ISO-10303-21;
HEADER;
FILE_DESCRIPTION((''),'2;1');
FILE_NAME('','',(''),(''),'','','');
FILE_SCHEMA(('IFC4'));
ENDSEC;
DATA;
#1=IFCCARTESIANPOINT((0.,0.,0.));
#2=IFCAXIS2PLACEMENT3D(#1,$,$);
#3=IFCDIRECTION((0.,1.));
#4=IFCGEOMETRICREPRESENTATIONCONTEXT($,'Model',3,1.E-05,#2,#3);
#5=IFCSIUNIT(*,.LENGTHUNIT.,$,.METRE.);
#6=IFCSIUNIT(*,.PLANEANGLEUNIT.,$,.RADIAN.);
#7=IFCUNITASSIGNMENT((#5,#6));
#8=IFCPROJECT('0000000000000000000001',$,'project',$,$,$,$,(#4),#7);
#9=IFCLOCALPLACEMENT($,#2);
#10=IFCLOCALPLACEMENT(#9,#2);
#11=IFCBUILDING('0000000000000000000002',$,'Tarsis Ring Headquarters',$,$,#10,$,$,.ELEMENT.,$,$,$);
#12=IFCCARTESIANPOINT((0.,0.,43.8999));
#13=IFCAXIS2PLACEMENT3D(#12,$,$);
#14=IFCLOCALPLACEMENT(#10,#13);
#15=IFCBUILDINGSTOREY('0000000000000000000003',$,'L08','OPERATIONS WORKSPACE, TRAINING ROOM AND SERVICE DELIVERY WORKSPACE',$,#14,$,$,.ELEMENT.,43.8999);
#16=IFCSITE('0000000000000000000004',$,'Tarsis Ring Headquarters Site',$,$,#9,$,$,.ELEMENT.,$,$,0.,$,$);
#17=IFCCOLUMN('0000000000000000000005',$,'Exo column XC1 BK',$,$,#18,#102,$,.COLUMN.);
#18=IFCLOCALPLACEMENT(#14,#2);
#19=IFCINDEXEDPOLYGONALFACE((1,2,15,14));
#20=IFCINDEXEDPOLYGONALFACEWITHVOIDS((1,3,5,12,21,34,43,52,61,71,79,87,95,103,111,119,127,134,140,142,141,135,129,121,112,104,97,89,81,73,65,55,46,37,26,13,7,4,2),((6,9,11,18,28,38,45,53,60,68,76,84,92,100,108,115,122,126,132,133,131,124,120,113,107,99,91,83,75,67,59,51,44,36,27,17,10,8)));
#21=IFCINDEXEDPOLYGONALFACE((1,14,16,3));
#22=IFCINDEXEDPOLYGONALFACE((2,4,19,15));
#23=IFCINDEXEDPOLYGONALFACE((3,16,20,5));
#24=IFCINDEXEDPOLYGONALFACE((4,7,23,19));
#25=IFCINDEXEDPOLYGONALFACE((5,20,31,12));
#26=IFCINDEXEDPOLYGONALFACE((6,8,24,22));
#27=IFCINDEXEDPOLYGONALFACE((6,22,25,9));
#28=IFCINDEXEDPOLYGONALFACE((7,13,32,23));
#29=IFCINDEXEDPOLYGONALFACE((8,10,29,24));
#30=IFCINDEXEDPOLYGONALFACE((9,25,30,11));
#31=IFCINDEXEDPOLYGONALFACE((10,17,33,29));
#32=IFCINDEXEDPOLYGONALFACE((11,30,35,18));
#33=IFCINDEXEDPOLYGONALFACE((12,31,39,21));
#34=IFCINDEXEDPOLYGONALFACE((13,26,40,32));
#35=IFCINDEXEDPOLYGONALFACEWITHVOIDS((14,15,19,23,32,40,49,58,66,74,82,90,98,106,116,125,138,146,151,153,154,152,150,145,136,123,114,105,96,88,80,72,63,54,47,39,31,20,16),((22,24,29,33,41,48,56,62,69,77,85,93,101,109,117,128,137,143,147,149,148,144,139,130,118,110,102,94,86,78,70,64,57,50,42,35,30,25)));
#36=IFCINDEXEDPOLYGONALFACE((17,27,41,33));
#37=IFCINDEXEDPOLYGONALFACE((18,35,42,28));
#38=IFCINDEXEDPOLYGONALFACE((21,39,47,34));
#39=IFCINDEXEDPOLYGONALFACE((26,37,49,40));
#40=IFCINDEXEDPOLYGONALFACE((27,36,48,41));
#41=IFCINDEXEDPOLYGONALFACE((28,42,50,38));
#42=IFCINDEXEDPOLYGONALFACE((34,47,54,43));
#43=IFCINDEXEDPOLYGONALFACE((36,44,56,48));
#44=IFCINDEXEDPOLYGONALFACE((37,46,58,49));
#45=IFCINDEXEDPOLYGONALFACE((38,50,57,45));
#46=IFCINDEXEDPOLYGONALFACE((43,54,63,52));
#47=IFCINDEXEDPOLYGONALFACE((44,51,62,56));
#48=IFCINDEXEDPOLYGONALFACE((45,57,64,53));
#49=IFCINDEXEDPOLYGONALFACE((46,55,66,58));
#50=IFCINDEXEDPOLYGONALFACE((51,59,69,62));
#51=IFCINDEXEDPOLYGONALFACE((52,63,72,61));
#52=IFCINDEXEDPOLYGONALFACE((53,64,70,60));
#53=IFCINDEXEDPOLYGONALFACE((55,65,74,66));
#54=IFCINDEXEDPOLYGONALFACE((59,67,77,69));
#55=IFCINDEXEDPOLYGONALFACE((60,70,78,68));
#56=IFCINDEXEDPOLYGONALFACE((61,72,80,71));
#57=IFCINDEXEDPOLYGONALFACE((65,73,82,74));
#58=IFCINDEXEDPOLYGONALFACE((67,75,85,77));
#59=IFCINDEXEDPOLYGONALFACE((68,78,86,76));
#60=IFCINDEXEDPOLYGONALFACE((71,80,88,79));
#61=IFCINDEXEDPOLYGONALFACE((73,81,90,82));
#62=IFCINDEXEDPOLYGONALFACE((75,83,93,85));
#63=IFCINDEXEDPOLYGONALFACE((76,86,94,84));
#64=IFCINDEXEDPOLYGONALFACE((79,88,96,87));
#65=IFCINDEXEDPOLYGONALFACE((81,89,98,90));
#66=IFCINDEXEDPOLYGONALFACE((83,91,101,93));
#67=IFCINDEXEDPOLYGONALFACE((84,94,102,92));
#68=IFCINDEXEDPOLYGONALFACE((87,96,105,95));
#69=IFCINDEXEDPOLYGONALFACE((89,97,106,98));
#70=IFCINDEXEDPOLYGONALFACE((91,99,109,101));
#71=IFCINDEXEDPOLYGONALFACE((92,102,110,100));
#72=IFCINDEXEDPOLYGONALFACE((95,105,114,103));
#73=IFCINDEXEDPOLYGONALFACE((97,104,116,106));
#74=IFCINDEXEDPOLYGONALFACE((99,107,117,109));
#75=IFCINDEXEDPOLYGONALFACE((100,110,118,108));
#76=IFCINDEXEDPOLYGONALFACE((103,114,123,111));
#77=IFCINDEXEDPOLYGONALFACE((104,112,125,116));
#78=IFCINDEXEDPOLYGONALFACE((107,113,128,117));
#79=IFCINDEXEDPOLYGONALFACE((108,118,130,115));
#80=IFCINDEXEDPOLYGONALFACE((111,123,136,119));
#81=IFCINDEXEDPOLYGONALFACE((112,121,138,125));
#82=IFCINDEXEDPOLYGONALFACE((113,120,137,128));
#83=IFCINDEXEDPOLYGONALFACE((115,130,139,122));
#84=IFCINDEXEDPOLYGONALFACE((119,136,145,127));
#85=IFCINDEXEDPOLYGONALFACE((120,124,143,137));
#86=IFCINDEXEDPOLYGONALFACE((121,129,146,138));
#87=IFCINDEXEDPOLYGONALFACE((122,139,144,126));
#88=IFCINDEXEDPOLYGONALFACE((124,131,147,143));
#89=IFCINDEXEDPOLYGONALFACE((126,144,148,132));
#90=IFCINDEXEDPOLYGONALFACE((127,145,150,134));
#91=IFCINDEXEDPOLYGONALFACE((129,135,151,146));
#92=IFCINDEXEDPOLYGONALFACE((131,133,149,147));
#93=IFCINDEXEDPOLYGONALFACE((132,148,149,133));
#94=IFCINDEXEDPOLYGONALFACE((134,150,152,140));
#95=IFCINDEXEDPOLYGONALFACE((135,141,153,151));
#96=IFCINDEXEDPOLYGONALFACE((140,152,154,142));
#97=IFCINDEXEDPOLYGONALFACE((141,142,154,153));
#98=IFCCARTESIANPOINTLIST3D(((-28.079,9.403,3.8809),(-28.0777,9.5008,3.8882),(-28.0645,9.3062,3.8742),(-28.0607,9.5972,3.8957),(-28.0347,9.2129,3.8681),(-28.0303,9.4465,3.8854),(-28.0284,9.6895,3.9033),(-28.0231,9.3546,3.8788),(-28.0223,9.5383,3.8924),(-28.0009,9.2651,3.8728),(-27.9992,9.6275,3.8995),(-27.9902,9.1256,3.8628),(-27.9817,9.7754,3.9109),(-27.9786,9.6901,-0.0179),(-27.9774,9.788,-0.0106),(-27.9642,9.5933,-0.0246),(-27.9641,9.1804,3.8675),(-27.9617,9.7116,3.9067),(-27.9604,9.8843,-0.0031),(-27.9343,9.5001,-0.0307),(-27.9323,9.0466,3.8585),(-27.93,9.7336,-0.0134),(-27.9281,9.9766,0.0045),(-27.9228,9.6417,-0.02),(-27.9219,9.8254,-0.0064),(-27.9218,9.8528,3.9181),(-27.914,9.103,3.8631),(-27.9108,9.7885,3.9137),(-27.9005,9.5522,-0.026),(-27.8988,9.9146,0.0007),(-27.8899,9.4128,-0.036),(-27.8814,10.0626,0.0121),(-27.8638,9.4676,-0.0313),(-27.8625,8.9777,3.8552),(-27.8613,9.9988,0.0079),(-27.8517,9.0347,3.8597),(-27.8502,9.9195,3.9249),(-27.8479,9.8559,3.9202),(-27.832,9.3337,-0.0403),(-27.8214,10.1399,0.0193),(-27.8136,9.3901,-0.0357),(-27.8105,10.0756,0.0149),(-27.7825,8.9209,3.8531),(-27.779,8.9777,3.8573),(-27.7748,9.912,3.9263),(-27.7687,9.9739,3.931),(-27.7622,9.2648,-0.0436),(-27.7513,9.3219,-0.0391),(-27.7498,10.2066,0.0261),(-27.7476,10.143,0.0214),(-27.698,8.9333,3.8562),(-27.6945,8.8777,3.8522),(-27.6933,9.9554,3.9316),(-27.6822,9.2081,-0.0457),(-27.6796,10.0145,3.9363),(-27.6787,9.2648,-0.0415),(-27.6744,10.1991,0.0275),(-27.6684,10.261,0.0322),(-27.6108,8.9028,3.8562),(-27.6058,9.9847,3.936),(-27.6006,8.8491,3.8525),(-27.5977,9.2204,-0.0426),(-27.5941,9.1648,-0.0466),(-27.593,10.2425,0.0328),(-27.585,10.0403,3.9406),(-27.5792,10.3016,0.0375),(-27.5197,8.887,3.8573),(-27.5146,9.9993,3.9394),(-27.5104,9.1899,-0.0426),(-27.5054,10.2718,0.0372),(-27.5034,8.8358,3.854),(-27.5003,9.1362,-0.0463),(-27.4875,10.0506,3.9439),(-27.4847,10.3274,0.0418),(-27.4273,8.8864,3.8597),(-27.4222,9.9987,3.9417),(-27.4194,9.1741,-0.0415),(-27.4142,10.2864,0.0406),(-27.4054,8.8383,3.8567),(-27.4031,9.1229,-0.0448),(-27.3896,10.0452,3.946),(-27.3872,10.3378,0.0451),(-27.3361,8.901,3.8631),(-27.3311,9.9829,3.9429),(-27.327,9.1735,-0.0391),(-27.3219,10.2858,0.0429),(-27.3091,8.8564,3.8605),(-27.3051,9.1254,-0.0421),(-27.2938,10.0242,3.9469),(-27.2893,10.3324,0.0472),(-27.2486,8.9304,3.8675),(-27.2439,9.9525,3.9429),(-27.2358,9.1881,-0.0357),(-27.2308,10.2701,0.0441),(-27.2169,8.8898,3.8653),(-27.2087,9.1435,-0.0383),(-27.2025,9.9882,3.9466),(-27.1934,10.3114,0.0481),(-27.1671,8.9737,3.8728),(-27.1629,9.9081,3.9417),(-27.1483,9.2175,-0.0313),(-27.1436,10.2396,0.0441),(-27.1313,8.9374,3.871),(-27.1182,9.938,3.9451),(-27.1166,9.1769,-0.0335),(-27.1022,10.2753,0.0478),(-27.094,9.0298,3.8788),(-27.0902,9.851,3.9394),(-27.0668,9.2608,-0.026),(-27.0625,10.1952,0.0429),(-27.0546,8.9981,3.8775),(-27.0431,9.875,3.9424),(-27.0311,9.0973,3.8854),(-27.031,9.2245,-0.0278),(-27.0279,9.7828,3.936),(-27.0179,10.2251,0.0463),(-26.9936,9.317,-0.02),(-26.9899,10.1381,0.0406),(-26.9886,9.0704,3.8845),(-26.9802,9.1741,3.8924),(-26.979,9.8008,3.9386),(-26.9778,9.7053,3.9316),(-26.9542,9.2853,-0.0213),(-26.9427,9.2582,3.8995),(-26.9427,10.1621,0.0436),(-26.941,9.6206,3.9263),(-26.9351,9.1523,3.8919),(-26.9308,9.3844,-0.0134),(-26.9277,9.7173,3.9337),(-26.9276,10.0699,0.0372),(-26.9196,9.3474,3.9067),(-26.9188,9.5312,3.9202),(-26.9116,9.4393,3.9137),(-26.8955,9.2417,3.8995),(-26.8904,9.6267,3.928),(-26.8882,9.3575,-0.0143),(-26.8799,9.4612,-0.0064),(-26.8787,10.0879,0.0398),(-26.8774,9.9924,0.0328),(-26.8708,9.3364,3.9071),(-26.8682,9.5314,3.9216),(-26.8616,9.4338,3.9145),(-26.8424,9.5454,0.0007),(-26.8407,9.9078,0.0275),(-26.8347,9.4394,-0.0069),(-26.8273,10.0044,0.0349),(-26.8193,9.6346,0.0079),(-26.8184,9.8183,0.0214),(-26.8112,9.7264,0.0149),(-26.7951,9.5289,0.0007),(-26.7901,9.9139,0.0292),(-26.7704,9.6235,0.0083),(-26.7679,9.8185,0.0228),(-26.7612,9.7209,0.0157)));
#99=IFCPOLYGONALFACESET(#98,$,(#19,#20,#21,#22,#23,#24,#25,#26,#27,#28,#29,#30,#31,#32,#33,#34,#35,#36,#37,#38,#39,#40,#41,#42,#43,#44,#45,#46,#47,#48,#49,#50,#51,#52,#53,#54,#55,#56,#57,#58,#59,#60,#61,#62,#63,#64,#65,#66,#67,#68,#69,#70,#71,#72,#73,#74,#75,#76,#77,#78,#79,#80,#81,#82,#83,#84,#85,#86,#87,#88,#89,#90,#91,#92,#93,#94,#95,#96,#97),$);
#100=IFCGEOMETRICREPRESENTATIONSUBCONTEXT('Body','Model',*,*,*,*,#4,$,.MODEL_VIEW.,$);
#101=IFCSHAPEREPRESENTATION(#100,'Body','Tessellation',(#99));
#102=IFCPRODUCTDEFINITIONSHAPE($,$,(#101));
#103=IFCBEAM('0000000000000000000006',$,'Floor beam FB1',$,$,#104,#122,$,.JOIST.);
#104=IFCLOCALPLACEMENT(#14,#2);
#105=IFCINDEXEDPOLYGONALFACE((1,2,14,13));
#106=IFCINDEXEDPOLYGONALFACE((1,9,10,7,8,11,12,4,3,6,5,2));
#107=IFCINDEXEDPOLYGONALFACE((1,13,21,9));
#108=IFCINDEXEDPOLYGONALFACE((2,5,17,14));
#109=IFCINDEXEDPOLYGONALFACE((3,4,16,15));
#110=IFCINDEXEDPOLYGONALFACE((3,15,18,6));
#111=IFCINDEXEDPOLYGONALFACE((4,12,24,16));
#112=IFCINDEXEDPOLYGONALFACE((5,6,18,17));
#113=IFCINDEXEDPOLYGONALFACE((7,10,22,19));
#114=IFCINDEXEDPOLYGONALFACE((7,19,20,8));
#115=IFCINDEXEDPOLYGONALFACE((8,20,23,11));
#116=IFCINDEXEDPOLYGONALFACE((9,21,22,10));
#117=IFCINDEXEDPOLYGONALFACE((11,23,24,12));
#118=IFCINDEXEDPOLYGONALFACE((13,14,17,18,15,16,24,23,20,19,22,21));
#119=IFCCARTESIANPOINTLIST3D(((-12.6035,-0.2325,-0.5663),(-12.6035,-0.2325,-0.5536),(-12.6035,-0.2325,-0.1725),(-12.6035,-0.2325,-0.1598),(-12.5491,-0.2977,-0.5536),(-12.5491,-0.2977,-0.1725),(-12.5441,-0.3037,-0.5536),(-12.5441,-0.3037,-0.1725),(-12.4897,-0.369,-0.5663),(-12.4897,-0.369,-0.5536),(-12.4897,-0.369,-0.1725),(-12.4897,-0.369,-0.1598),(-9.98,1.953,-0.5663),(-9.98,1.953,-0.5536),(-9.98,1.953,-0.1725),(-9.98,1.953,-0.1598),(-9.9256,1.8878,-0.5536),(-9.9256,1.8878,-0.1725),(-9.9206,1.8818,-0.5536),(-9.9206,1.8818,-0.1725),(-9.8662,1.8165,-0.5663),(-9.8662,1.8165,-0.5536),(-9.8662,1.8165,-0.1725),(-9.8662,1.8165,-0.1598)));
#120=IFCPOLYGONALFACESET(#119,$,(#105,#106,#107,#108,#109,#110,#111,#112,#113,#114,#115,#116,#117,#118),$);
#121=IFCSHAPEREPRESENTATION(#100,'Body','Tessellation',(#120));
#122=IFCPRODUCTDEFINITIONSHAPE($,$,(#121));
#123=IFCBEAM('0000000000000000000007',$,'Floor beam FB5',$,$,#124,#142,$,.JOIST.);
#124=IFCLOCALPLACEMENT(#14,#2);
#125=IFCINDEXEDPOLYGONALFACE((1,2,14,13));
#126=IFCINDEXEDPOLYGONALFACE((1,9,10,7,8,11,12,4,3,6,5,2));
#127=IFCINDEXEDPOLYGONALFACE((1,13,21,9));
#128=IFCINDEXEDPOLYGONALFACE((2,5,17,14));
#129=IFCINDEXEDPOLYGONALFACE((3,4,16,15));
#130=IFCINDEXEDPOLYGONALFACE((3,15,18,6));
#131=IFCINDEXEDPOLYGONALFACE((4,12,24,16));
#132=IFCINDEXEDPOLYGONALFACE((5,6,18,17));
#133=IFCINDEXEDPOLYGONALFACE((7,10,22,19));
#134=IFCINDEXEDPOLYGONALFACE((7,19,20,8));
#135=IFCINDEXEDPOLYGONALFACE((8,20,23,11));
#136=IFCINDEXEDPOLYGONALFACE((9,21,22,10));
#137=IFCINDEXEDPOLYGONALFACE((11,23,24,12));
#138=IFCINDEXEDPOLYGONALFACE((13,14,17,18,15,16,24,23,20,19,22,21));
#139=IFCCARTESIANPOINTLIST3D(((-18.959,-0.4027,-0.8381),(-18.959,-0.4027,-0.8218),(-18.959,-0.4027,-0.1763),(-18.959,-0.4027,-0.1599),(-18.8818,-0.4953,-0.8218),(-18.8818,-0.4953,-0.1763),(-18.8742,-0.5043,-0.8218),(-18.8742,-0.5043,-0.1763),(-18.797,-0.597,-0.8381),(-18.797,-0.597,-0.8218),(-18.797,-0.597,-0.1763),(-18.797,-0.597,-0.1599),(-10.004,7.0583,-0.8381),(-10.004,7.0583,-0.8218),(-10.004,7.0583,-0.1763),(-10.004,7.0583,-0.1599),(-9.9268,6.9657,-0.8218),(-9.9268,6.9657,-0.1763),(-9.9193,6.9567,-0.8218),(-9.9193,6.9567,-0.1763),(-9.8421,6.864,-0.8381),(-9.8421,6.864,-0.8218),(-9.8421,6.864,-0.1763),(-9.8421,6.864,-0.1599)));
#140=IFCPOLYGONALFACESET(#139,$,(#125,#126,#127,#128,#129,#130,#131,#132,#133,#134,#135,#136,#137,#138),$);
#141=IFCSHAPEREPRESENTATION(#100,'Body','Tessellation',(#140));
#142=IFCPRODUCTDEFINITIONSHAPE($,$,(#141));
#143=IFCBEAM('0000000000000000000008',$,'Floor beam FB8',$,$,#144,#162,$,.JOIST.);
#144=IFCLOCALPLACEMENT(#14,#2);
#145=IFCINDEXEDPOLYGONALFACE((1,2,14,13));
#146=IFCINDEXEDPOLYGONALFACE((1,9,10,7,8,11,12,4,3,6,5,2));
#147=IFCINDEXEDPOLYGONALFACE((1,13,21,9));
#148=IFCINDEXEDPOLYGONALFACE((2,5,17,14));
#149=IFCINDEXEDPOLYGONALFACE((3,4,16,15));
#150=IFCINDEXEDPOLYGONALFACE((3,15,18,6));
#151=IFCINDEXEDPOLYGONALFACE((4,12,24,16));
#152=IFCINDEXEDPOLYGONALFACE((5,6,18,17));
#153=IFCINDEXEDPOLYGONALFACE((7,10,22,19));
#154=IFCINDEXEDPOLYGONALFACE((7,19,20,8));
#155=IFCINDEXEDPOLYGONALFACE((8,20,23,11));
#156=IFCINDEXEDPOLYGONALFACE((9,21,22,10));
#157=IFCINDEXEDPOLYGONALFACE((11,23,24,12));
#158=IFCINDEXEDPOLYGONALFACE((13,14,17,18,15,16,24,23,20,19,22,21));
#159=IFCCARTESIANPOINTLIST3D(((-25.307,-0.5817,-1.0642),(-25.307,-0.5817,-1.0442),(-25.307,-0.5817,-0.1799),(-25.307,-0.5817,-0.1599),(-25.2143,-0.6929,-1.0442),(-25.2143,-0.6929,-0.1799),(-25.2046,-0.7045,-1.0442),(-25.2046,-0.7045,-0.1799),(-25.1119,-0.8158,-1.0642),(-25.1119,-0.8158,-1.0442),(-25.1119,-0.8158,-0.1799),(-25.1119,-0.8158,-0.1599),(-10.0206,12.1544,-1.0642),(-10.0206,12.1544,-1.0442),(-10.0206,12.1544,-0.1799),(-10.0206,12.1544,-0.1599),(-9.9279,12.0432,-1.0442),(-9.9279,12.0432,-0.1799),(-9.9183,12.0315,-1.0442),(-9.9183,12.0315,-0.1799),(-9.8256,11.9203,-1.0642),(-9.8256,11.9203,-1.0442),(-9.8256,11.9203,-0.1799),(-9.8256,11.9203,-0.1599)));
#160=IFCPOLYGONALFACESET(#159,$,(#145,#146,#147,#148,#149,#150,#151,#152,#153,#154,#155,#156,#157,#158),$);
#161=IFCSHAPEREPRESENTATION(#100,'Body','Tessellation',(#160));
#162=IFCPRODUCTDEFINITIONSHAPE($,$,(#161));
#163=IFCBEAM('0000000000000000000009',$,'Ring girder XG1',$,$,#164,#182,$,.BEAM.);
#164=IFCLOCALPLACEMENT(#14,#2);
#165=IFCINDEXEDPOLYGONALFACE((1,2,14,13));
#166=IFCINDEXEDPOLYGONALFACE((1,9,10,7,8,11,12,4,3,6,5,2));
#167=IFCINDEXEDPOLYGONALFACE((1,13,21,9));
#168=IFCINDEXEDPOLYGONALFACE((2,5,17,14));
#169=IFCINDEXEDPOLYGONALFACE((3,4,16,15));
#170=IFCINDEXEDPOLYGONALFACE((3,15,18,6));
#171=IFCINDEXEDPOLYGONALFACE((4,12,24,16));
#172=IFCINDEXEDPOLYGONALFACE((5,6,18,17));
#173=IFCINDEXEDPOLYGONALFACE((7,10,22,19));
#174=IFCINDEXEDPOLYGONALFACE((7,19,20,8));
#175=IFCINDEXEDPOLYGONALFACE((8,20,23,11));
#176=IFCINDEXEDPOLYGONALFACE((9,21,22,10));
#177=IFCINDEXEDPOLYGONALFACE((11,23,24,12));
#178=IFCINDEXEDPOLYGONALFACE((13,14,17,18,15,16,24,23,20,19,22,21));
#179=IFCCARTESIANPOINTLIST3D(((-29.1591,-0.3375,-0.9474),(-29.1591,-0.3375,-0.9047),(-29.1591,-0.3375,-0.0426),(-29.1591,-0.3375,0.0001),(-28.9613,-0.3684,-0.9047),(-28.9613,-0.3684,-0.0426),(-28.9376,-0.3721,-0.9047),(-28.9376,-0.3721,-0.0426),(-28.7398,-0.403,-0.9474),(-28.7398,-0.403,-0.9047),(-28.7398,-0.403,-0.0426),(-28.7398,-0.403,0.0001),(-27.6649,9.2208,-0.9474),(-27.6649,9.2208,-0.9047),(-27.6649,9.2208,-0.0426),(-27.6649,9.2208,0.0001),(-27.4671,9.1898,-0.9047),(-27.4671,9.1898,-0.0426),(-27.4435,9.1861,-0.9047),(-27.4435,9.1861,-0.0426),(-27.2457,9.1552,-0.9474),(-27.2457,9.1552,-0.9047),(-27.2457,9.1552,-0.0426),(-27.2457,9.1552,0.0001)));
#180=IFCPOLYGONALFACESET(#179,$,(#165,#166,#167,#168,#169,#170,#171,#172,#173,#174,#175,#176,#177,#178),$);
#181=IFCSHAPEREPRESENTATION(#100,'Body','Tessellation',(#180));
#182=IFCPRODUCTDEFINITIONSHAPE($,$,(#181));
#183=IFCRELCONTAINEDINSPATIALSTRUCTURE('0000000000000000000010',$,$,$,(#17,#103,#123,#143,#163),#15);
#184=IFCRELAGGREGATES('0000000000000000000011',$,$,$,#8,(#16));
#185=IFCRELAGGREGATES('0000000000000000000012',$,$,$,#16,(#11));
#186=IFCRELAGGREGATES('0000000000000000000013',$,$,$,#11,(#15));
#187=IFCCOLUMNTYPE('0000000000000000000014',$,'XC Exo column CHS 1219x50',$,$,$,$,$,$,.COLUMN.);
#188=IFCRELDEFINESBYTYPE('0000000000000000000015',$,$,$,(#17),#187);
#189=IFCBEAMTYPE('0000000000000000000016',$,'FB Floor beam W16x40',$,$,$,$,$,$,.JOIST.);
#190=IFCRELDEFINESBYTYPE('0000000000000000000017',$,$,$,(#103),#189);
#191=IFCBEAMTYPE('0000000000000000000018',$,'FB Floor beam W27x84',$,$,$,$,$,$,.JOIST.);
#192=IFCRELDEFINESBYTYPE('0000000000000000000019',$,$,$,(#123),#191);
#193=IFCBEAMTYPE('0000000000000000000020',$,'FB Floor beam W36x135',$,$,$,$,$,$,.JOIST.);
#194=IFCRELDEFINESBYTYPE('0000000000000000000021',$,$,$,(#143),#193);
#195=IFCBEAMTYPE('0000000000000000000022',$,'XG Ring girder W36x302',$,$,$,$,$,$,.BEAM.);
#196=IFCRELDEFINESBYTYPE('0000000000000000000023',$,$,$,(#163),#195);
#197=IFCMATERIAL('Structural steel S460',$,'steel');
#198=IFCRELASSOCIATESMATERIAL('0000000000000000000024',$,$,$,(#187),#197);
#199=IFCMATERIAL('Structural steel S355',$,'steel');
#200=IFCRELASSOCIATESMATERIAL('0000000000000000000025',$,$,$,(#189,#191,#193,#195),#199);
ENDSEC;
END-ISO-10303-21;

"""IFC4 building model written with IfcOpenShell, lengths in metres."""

from ifc_helpers import new_model, si_unit, direction, frame, origin, origin_2d, place, context, subcontext, project, spatial, hollow_circle, i_section, extrude, material, material_profile, profile_set, type_object, element, save


model = new_model("IFC4")

# Units and contexts
model_context = context("Model", 3, precision=1e-05, world=origin(), true_north=direction((0.0, 1.0)))
body_context = subcontext(model_context, "Body", "Model", "MODEL_VIEW")
ifc_project = project(units=[si_unit("LENGTHUNIT", "METRE"), si_unit("PLANEANGLEUNIT", "RADIAN")], contexts=[model_context])

# Site, building, storey
site_placement = place(None, origin())
site = spatial("IfcSite", under=ifc_project, at=site_placement, Name="Tarsis Ring Headquarters Site", CompositionType="ELEMENT", RefElevation=0.0)
building_placement = place(site_placement, origin())
building = spatial("IfcBuilding", under=site, at=building_placement, Name="Tarsis Ring Headquarters", CompositionType="ELEMENT")
storey_placement = place(building_placement, frame((0.0, 0.0, 43.8999)))
storey = spatial("IfcBuildingStorey", under=building, at=storey_placement, Name="L08", Description="OPERATIONS WORKSPACE, TRAINING ROOM AND SERVICE DELIVERY WORKSPACE", CompositionType="ELEMENT", Elevation=43.8999)

# Column
ifc_material_1 = material(Name="Structural steel S460", Category="steel")
ifc_material_profile_1 = material_profile(ifc_material_1, hollow_circle(Radius=0.6096, WallThickness=0.05, at=origin_2d()), Name="CHS 1219x50")
ifc_profile_set_1 = profile_set([ifc_material_profile_1], Name="Structural steel S460")
column_type = type_object("IfcColumnType", Name="XC Exo column CHS 1219x50", PredefinedType="COLUMN", material=ifc_profile_set_1)
column_placement = place(storey_placement, frame((-27.3706, 9.73, 0.0007), z_axis=(-0.025659, -0.07342, 0.996971), x_axis=(0.944008, -0.329921, 0.0)))
element("IfcColumn", 1, at=column_placement, inside=storey, type_object=column_type, Name="Exo column XC1 BK", PredefinedType="COLUMN", context=body_context, shape_type="SweptSolid", body=[
    extrude(hollow_circle(Radius=0.6096, WallThickness=0.05, at=origin_2d()), origin(), (0.0, 0.0, 1.0), 3.9106),
])

# Beams
ifc_material_2 = material(Name="Structural steel S355", Category="steel")
ifc_material_profile_2 = material_profile(ifc_material_2, i_section(OverallWidth=0.1777, OverallDepth=0.4065, WebThickness=0.0078, FlangeThickness=0.0127, at=origin_2d()), Name="W16x40")
ifc_profile_set_2 = profile_set([ifc_material_profile_2], Name="Structural steel S355")
beam_type_1 = type_object("IfcBeamType", Name="FB Floor beam W16x40", PredefinedType="JOIST", material=ifc_profile_set_2)
beam_1_placement = place(storey_placement, frame((-9.9231, 1.8848, -0.363), z_axis=(-0.768327, -0.640058, 0.0), x_axis=(0.640058, -0.768327, 0.0)))
element("IfcBeam", 2, at=beam_1_placement, inside=storey, type_object=beam_type_1, Name="Floor beam FB1", PredefinedType="JOIST", context=body_context, shape_type="SweptSolid", body=[
    extrude(i_section(OverallWidth=0.1777, OverallDepth=0.4065, WebThickness=0.0078, FlangeThickness=0.0127, at=origin_2d()), origin(), (0.0, 0.0, 1.0), 3.4146),
])
ifc_material_profile_3 = material_profile(ifc_material_2, i_section(OverallWidth=0.2529, OverallDepth=0.6782, WebThickness=0.0117, FlangeThickness=0.0164, at=origin_2d()), Name="W27x84")
ifc_profile_set_3 = profile_set([ifc_material_profile_3], Name="Structural steel S355")
beam_type_2 = type_object("IfcBeamType", Name="FB Floor beam W27x84", PredefinedType="JOIST", material=ifc_profile_set_3)
beam_2_placement = place(storey_placement, frame((-9.9231, 6.9612, -0.499), z_axis=(-0.768281, -0.640112, 0.0), x_axis=(0.640112, -0.768281, 0.0)))
element("IfcBeam", 3, at=beam_2_placement, inside=storey, type_object=beam_type_2, Name="Floor beam FB5", PredefinedType="JOIST", context=body_context, shape_type="SweptSolid", body=[
    extrude(i_section(OverallWidth=0.2529, OverallDepth=0.6782, WebThickness=0.0117, FlangeThickness=0.0164, at=origin_2d()), origin(), (0.0, 0.0, 1.0), 11.6558),
])
ifc_material_profile_4 = material_profile(ifc_material_2, i_section(OverallWidth=0.3047, OverallDepth=0.9043, WebThickness=0.0151, FlangeThickness=0.02, at=origin_2d()), Name="W36x135")
ifc_profile_set_4 = profile_set([ifc_material_profile_4], Name="Structural steel S355")
beam_type_3 = type_object("IfcBeamType", Name="FB Floor beam W36x135", PredefinedType="JOIST", material=ifc_profile_set_4)
beam_3_placement = place(storey_placement, frame((-9.9231, 12.0374, -0.6121), z_axis=(-0.768285, -0.640108, 0.0), x_axis=(0.640108, -0.768285, 0.0)))
element("IfcBeam", 4, at=beam_3_placement, inside=storey, type_object=beam_type_3, Name="Floor beam FB8", PredefinedType="JOIST", context=body_context, shape_type="SweptSolid", body=[
    extrude(i_section(OverallWidth=0.3047, OverallDepth=0.9043, WebThickness=0.0151, FlangeThickness=0.02, at=origin_2d()), origin(), (0.0, 0.0, 1.0), 19.8967),
])
ifc_material_profile_5 = material_profile(ifc_material_2, i_section(OverallWidth=0.4243, OverallDepth=0.9475, WebThickness=0.0239, FlangeThickness=0.0427, at=origin_2d()), Name="W36x302")
ifc_profile_set_5 = profile_set([ifc_material_profile_5], Name="Structural steel S355")
beam_type_4 = type_object("IfcBeamType", Name="XG Ring girder W36x302", PredefinedType="BEAM", material=ifc_profile_set_5)
beam_4_placement = place(storey_placement, frame((-27.4553, 9.188, -0.4736), z_axis=(-0.154442, -0.988002, 0.0), x_axis=(0.988002, -0.154442, 0.0)))
element("IfcBeam", 5, at=beam_4_placement, inside=storey, type_object=beam_type_4, Name="Ring girder XG1", PredefinedType="BEAM", context=body_context, shape_type="SweptSolid", body=[
    extrude(i_section(OverallWidth=0.4243, OverallDepth=0.9475, WebThickness=0.0239, FlangeThickness=0.0427, at=origin_2d()), origin(), (0.0, 0.0, 1.0), 9.6743),
])

save(model, "model.ifc")
